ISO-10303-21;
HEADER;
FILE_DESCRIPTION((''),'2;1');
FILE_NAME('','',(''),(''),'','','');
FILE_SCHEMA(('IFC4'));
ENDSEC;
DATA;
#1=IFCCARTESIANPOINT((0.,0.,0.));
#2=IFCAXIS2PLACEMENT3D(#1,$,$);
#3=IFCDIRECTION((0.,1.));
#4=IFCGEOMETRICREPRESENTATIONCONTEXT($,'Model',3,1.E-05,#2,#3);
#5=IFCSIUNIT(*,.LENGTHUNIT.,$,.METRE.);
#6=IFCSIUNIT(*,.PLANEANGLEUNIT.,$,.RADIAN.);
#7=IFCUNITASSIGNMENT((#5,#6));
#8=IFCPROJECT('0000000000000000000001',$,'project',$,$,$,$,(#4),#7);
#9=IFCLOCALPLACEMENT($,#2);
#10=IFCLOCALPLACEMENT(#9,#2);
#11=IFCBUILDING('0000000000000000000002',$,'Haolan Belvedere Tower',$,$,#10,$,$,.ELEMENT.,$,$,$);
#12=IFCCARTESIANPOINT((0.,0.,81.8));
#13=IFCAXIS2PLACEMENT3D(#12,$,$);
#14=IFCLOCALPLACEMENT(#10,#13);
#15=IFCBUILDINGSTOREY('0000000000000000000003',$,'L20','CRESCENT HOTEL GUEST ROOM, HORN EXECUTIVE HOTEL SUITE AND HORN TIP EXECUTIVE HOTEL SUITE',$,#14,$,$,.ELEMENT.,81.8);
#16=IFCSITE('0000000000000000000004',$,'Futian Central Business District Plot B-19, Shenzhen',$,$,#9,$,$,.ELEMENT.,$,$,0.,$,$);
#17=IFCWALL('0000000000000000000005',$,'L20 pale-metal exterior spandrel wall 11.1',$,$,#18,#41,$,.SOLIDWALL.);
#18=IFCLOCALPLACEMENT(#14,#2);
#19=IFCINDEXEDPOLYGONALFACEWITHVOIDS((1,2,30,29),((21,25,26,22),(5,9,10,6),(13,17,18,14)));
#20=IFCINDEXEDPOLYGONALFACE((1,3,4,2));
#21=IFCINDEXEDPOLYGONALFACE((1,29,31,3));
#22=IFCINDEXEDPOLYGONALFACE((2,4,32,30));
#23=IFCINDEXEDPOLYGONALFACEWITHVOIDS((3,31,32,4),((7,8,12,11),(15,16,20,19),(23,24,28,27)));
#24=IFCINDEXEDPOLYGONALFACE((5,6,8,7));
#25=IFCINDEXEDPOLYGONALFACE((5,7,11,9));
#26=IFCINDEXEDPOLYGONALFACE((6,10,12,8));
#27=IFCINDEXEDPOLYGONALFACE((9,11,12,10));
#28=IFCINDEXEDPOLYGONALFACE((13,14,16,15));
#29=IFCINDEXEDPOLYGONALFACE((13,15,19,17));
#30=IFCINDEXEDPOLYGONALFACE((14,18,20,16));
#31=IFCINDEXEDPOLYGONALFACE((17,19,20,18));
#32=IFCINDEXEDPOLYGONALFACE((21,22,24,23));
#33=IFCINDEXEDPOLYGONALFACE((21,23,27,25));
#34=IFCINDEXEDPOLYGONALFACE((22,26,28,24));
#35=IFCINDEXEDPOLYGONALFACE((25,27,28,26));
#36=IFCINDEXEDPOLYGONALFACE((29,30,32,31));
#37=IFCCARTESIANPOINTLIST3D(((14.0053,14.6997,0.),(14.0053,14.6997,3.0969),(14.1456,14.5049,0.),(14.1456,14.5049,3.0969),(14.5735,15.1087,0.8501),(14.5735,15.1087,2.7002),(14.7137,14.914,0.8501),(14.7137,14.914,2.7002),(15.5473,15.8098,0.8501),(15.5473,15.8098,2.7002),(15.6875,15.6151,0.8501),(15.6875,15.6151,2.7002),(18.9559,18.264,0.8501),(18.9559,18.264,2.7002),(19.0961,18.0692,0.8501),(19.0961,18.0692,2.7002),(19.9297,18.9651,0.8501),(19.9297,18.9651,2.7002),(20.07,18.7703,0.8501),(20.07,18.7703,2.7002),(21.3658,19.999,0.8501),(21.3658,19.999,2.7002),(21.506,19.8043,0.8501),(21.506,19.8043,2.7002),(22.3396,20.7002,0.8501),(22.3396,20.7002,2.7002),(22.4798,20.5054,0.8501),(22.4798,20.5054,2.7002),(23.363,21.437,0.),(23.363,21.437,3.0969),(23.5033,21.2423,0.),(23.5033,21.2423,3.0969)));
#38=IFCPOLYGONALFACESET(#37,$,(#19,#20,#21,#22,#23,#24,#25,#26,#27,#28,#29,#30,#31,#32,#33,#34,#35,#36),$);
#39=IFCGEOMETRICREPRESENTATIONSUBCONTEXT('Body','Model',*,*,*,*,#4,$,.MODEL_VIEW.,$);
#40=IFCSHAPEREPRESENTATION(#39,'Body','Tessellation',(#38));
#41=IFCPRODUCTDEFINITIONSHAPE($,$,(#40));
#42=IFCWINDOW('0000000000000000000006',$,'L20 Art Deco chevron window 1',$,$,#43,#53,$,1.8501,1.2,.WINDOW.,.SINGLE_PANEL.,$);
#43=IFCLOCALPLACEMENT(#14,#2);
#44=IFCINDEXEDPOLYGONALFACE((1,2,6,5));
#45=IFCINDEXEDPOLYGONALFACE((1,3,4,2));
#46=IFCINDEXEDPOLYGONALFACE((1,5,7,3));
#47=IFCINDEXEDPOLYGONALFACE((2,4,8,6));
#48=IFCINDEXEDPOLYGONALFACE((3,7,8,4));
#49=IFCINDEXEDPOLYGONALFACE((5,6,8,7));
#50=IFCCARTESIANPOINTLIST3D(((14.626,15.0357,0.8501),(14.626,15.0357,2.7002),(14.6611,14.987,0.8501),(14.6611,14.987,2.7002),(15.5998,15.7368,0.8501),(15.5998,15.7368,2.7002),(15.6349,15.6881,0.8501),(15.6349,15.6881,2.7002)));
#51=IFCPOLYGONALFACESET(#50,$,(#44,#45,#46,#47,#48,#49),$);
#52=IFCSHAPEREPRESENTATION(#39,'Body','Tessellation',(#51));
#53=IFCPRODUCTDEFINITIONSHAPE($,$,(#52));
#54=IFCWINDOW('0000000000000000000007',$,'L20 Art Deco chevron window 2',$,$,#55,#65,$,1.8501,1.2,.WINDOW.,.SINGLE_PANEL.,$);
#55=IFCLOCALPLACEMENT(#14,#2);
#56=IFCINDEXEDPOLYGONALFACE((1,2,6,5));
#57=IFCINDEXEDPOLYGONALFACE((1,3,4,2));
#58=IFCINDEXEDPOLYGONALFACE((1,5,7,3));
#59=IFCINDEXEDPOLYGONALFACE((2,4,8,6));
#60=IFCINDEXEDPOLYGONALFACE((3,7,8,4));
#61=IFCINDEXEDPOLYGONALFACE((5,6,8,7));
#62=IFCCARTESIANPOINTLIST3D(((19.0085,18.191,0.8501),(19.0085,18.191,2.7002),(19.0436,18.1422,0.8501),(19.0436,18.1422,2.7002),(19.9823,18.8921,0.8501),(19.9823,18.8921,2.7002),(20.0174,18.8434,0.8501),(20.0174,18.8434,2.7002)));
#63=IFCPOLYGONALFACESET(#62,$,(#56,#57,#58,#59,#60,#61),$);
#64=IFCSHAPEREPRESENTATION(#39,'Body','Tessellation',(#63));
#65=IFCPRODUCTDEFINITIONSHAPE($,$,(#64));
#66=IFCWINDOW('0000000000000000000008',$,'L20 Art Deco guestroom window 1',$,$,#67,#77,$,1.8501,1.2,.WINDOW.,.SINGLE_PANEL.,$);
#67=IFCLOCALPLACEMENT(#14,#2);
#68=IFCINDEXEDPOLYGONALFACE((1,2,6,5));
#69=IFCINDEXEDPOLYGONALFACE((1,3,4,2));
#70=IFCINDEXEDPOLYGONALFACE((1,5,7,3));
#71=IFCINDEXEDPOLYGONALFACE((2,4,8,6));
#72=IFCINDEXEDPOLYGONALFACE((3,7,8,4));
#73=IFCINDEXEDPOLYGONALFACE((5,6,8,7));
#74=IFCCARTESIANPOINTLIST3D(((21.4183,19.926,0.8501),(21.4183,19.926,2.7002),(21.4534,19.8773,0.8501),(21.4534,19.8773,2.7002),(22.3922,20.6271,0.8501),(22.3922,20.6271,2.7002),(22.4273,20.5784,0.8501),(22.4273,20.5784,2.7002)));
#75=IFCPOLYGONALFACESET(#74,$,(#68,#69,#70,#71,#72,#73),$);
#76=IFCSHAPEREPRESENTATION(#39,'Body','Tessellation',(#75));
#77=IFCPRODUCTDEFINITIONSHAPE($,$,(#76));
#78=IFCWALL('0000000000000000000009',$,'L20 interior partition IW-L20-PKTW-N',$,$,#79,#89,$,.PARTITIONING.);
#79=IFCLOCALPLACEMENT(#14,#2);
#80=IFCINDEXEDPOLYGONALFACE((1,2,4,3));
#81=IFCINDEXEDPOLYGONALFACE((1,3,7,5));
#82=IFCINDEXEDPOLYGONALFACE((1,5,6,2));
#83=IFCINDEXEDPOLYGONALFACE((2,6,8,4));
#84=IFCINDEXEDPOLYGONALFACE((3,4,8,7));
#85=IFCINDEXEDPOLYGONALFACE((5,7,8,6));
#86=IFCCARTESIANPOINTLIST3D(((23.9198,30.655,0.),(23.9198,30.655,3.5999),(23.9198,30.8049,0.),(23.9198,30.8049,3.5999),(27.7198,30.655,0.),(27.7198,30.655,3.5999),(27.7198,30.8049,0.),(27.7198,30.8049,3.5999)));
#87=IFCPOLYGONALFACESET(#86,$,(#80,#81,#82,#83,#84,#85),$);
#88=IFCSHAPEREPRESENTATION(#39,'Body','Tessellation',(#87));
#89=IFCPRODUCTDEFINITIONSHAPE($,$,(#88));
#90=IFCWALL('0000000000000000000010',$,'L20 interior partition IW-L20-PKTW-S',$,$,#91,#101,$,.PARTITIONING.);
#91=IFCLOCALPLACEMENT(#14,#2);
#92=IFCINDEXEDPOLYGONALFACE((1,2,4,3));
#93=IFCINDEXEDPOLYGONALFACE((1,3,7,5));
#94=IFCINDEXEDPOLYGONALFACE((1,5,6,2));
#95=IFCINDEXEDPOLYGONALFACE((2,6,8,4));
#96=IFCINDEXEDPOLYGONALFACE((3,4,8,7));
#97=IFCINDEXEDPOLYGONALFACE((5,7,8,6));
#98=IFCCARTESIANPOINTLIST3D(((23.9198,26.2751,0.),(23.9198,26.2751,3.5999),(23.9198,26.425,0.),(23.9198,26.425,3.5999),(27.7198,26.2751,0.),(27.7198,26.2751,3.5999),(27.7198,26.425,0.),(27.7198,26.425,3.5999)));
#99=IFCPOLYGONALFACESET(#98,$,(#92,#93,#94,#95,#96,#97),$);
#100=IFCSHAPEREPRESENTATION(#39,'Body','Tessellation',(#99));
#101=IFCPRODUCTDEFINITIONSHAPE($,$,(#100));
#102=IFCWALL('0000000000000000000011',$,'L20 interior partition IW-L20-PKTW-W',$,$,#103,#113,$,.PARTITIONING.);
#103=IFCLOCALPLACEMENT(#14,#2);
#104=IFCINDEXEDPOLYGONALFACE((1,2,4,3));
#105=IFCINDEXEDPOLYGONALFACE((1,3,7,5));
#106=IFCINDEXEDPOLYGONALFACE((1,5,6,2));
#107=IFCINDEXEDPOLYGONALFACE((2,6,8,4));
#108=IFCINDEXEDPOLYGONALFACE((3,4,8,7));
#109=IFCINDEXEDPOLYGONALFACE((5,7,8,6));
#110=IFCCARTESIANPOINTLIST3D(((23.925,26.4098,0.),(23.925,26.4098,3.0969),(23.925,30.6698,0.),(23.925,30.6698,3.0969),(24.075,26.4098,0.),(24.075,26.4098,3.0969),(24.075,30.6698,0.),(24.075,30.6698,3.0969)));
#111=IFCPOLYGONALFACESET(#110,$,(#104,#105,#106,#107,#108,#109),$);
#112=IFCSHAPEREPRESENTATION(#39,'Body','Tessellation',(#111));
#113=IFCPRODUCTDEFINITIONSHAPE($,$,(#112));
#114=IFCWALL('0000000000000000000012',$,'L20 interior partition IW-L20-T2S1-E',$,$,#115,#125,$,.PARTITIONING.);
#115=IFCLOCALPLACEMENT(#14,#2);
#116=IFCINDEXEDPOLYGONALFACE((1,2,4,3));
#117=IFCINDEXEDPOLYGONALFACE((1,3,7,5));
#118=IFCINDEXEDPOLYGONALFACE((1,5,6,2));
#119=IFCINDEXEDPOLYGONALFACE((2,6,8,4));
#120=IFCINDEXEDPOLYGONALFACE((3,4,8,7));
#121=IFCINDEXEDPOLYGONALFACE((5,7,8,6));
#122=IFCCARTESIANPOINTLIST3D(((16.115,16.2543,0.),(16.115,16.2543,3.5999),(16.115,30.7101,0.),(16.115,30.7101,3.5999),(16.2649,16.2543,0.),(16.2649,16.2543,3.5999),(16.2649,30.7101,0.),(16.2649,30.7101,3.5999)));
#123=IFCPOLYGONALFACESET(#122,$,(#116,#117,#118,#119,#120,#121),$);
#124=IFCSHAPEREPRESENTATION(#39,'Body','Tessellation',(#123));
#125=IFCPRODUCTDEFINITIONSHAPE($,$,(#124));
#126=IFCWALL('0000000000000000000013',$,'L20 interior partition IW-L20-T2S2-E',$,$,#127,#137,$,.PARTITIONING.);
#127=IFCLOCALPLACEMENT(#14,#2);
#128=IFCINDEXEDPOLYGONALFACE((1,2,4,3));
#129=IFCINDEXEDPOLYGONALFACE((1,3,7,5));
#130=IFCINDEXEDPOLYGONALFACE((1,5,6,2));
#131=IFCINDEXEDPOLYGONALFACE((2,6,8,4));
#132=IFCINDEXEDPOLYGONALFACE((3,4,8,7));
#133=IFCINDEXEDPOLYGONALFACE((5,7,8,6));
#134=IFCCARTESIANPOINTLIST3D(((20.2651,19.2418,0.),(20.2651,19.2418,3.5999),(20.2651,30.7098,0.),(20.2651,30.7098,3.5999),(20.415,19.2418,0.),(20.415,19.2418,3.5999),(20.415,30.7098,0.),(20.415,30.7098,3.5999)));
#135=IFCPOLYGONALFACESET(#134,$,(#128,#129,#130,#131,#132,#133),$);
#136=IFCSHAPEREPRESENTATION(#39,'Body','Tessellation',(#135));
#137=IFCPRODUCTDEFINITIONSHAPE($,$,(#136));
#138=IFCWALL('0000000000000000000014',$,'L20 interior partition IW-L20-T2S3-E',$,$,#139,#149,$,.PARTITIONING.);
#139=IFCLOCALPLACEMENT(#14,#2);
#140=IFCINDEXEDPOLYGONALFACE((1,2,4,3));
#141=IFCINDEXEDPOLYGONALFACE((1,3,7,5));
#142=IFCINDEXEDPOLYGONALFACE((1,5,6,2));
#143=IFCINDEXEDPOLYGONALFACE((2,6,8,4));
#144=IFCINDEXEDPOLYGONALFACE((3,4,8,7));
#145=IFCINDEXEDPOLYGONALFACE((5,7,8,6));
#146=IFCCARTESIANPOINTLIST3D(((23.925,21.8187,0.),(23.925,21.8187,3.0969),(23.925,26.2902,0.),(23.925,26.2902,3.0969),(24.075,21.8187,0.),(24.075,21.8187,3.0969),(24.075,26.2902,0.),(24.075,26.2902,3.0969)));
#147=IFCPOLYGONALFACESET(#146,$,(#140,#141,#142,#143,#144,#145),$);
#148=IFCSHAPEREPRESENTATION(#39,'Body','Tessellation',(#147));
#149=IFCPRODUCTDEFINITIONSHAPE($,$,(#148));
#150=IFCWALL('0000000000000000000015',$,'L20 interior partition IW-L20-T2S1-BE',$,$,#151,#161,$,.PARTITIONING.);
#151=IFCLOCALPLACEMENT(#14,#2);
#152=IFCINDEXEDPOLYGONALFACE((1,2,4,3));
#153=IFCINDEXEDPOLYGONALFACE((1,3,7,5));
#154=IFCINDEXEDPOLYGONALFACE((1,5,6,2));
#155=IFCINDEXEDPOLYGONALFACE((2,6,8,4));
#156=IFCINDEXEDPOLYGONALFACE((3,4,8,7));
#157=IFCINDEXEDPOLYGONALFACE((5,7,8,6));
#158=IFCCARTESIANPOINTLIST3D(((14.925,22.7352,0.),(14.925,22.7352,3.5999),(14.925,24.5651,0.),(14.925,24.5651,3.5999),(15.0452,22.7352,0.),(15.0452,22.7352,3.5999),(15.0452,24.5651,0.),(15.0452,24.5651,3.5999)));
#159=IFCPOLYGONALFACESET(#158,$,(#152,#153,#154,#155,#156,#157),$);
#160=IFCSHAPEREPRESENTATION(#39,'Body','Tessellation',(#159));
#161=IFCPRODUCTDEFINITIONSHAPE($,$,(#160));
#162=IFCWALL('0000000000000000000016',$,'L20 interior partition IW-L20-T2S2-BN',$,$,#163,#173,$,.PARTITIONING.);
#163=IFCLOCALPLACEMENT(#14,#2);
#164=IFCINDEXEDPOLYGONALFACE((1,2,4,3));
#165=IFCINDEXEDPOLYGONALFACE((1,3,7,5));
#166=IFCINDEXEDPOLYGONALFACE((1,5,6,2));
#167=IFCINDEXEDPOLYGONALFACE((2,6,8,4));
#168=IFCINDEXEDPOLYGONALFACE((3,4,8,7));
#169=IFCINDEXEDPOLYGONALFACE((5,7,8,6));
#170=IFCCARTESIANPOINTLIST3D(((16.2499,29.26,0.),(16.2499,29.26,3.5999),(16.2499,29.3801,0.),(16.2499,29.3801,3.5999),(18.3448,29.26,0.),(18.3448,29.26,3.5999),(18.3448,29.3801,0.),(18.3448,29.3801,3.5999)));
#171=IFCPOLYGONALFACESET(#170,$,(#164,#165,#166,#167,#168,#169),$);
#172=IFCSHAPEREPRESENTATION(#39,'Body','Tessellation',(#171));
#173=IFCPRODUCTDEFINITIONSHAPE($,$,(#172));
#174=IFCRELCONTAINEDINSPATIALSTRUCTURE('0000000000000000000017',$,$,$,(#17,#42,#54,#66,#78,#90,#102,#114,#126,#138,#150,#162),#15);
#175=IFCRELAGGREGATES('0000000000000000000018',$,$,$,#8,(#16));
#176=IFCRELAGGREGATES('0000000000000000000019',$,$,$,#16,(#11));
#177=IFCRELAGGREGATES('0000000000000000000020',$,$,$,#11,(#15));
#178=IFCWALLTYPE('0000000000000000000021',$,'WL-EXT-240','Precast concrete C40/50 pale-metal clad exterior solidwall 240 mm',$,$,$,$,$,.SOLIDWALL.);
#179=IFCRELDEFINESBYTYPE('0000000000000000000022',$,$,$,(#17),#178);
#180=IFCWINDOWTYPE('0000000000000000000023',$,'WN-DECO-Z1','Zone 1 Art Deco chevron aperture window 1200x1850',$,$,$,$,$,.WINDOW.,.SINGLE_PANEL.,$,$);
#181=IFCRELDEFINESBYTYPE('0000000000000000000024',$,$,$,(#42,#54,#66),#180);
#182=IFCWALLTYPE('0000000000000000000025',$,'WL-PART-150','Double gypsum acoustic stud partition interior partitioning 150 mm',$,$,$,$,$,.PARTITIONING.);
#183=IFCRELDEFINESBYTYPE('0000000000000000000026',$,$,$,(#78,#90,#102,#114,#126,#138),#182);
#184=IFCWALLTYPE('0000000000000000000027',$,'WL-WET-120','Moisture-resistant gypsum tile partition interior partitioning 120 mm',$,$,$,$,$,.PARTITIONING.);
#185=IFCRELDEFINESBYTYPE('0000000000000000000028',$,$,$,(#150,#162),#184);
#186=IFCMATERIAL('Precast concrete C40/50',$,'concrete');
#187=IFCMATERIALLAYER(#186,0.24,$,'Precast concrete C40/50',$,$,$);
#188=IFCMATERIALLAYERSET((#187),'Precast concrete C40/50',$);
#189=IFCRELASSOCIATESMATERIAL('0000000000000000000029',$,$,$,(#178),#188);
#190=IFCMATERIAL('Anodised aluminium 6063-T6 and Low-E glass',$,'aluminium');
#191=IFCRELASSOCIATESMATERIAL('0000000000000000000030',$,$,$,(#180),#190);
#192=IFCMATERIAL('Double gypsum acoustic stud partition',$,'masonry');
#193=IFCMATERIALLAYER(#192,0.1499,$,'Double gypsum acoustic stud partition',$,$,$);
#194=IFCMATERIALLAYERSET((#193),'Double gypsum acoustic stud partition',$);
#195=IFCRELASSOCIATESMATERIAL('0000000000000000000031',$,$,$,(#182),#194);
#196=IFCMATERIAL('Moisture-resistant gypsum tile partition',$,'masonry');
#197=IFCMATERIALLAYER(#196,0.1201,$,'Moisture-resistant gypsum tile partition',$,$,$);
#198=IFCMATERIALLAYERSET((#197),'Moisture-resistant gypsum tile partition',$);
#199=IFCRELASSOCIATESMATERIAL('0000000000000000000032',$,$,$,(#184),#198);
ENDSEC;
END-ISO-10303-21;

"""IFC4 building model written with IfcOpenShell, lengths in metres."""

from ifc_helpers import new_model, si_unit, direction, frame, frame_2d, origin, place, context, subcontext, project, spatial, rectangle, extrude, material, layer, layer_set, type_object, element, fill, save


model = new_model("IFC4")

# Units and contexts
model_context = context("Model", 3, precision=1e-05, world=origin(), true_north=direction((0.0, 1.0)))
body_context = subcontext(model_context, "Body", "Model", "MODEL_VIEW")
ifc_project = project(units=[si_unit("LENGTHUNIT", "METRE"), si_unit("PLANEANGLEUNIT", "RADIAN")], contexts=[model_context])

# Site, building, storey
site_placement = place(None, origin())
site = spatial("IfcSite", under=ifc_project, at=site_placement, Name="Futian Central Business District Plot B-19, Shenzhen", CompositionType="ELEMENT", RefElevation=0.0)
building_placement = place(site_placement, origin())
building = spatial("IfcBuilding", under=site, at=building_placement, Name="Haolan Belvedere Tower", CompositionType="ELEMENT")
storey_placement = place(building_placement, frame((0.0, 0.0, 81.8)))
storey = spatial("IfcBuildingStorey", under=building, at=storey_placement, Name="L20", Description="CRESCENT HOTEL GUEST ROOM, HORN EXECUTIVE HOTEL SUITE AND HORN TIP EXECUTIVE HOTEL SUITE", CompositionType="ELEMENT", Elevation=81.8)

# Shared definitions
ifc_material_1 = material(Name="Precast concrete C40/50", Category="concrete")
ifc_layer_1 = layer(ifc_material_1, 0.24, Name="Precast concrete C40/50")
ifc_layer_set_1 = layer_set([ifc_layer_1], Name="Precast concrete C40/50")
wall_type_1 = type_object("IfcWallType", Name="WL-EXT-240", Description="Precast concrete C40/50 pale-metal clad exterior solidwall 240 mm", PredefinedType="SOLIDWALL", material=ifc_layer_set_1)

# Wall, openings, windows
wall_1_placement = place(storey_placement, frame((14.0754, 14.6023, 0.0), z_axis=(0.0, 0.0, 1.0), x_axis=(0.811543, 0.584292, 0.0)))
wall_1 = element("IfcWall", 1, at=wall_1_placement, inside=storey, type_object=wall_type_1, Name="L20 pale-metal exterior spandrel wall 11.1", PredefinedType="SOLIDWALL", context=body_context, shape_type="SweptSolid", body=[
    extrude(rectangle(XDim=11.5308, YDim=0.24, at=frame_2d((5.7654, 0.0))), origin(), (0.0, 0.0, 1.0), 3.0969),
])
opening_1_placement = place(wall_1_placement, frame((0.7, 0.0, 0.8501)))
opening_1 = element("IfcOpeningElement", 2, at=opening_1_placement, cuts=wall_1, PredefinedType="OPENING", context=body_context, shape_type="SweptSolid", body=[
    extrude(rectangle(XDim=1.2, YDim=1.8501, at=frame_2d((0.6001, 0.925))), frame((0.0, 0.1299, 0.0), z_axis=(0.0, -1.0, 0.0), x_axis=(1.0, 0.0, 0.0)), (0.0, 0.0, 1.0), 0.26),
])
opening_2_placement = place(wall_1_placement, frame((6.1001, 0.0, 0.8501)))
opening_2 = element("IfcOpeningElement", 3, at=opening_2_placement, cuts=wall_1, PredefinedType="OPENING", context=body_context, shape_type="SweptSolid", body=[
    extrude(rectangle(XDim=1.2, YDim=1.8501, at=frame_2d((0.6001, 0.925))), frame((0.0, 0.1299, 0.0), z_axis=(0.0, -1.0, 0.0), x_axis=(1.0, 0.0, 0.0)), (0.0, 0.0, 1.0), 0.26),
])
opening_3_placement = place(wall_1_placement, frame((9.0696, 0.0, 0.8501)))
opening_3 = element("IfcOpeningElement", 4, at=opening_3_placement, cuts=wall_1, PredefinedType="OPENING", context=body_context, shape_type="SweptSolid", body=[
    extrude(rectangle(XDim=1.2, YDim=1.8501, at=frame_2d((0.6001, 0.925))), frame((0.0, 0.1299, 0.0), z_axis=(0.0, -1.0, 0.0), x_axis=(1.0, 0.0, 0.0)), (0.0, 0.0, 1.0), 0.26),
])
ifc_material_2 = material(Name="Anodised aluminium 6063-T6 and Low-E glass", Category="aluminium")
window_type = type_object("IfcWindowType", Name="WN-DECO-Z1", Description="Zone 1 Art Deco chevron aperture window 1200x1850", PartitioningType="SINGLE_PANEL", PredefinedType="WINDOW", material=ifc_material_2)
window_1_placement = place(opening_1_placement, origin())
window_1 = element("IfcWindow", 5, at=window_1_placement, inside=storey, type_object=window_type, Name="L20 Art Deco chevron window 1", OverallHeight=1.8501, OverallWidth=1.2, PartitioningType="SINGLE_PANEL", PredefinedType="WINDOW", context=body_context, shape_type="SweptSolid", body=[
    extrude(rectangle(XDim=1.2, YDim=1.8501, at=frame_2d((0.6001, 0.925))), frame((0.0, 0.03, 0.0), z_axis=(0.0, -1.0, 0.0), x_axis=(1.0, 0.0, 0.0)), (0.0, 0.0, 1.0), 0.0601),
])
fill(opening_1, window_1)
window_2_placement = place(opening_2_placement, origin())
window_2 = element("IfcWindow", 6, at=window_2_placement, inside=storey, type_object=window_type, Name="L20 Art Deco chevron window 2", OverallHeight=1.8501, OverallWidth=1.2, PartitioningType="SINGLE_PANEL", PredefinedType="WINDOW", context=body_context, shape_type="SweptSolid", body=[
    extrude(rectangle(XDim=1.2, YDim=1.8501, at=frame_2d((0.6001, 0.925))), frame((0.0, 0.03, 0.0), z_axis=(0.0, -1.0, 0.0), x_axis=(1.0, 0.0, 0.0)), (0.0, 0.0, 1.0), 0.0601),
])
fill(opening_2, window_2)
window_3_placement = place(opening_3_placement, origin())
window_3 = element("IfcWindow", 7, at=window_3_placement, inside=storey, type_object=window_type, Name="L20 Art Deco guestroom window 1", OverallHeight=1.8501, OverallWidth=1.2, PartitioningType="SINGLE_PANEL", PredefinedType="WINDOW", context=body_context, shape_type="SweptSolid", body=[
    extrude(rectangle(XDim=1.2, YDim=1.8501, at=frame_2d((0.6001, 0.925))), frame((0.0, 0.03, 0.0), z_axis=(0.0, -1.0, 0.0), x_axis=(1.0, 0.0, 0.0)), (0.0, 0.0, 1.0), 0.0601),
])
fill(opening_3, window_3)

# Walls
ifc_material_3 = material(Name="Double gypsum acoustic stud partition", Category="masonry")
ifc_layer_2 = layer(ifc_material_3, 0.1499, Name="Double gypsum acoustic stud partition")
ifc_layer_set_2 = layer_set([ifc_layer_2], Name="Double gypsum acoustic stud partition")
wall_type_2 = type_object("IfcWallType", Name="WL-PART-150", Description="Double gypsum acoustic stud partition interior partitioning 150 mm", PredefinedType="PARTITIONING", material=ifc_layer_set_2)
for number, where, z_axis, x_axis, name in (
    (8, (23.9199, 30.73, 0.0), (0.0, 0.0, 1.0), (1.0, 0.0, 0.0), "L20 interior partition IW-L20-PKTW-N"),
    (9, (23.9199, 26.3501, 0.0), (0.0, 0.0, 1.0), (1.0, 0.0, 0.0), "L20 interior partition IW-L20-PKTW-S"),
):
    element("IfcWall", number, at=place(storey_placement, frame(where, z_axis=z_axis, x_axis=x_axis)), inside=storey, type_object=wall_type_2, Name=name, PredefinedType="PARTITIONING", context=body_context, shape_type="SweptSolid", body=[
        extrude(rectangle(XDim=3.8, YDim=0.1499, at=frame_2d((1.8999, 0.0))), origin(), (0.0, 0.0, 1.0), 3.5999),
    ])
wall_2_placement = place(storey_placement, frame((24.0, 26.4099, 0.0), z_axis=(0.0, 0.0, 1.0), x_axis=(0.0, 1.0, 0.0)))
element("IfcWall", 10, at=wall_2_placement, inside=storey, type_object=wall_type_2, Name="L20 interior partition IW-L20-PKTW-W", PredefinedType="PARTITIONING", context=body_context, shape_type="SweptSolid", body=[
    extrude(rectangle(XDim=4.26, YDim=0.1499, at=frame_2d((2.1299, 0.0))), origin(), (0.0, 0.0, 1.0), 3.0969),
])
wall_3_placement = place(storey_placement, frame((16.1899, 16.2542, 0.0), z_axis=(0.0, 0.0, 1.0), x_axis=(0.0, 1.0, 0.0)))
element("IfcWall", 11, at=wall_3_placement, inside=storey, type_object=wall_type_2, Name="L20 interior partition IW-L20-T2S1-E", PredefinedType="PARTITIONING", context=body_context, shape_type="SweptSolid", body=[
    extrude(rectangle(XDim=14.4558, YDim=0.1499, at=frame_2d((7.228, 0.0))), origin(), (0.0, 0.0, 1.0), 3.5999),
])
wall_4_placement = place(storey_placement, frame((20.3401, 19.2419, 0.0), z_axis=(0.0, 0.0, 1.0), x_axis=(0.0, 1.0, 0.0)))
element("IfcWall", 12, at=wall_4_placement, inside=storey, type_object=wall_type_2, Name="L20 interior partition IW-L20-T2S2-E", PredefinedType="PARTITIONING", context=body_context, shape_type="SweptSolid", body=[
    extrude(rectangle(XDim=11.468, YDim=0.1499, at=frame_2d((5.7339, 0.0))), origin(), (0.0, 0.0, 1.0), 3.5999),
])
wall_5_placement = place(storey_placement, frame((24.0, 21.8186, 0.0), z_axis=(0.0, 0.0, 1.0), x_axis=(0.0, 1.0, 0.0)))
element("IfcWall", 13, at=wall_5_placement, inside=storey, type_object=wall_type_2, Name="L20 interior partition IW-L20-T2S3-E", PredefinedType="PARTITIONING", context=body_context, shape_type="SweptSolid", body=[
    extrude(rectangle(XDim=4.4714, YDim=0.1499, at=frame_2d((2.2358, 0.0))), origin(), (0.0, 0.0, 1.0), 3.0969),
])
ifc_material_4 = material(Name="Moisture-resistant gypsum tile partition", Category="masonry")
ifc_layer_3 = layer(ifc_material_4, 0.1201, Name="Moisture-resistant gypsum tile partition")
ifc_layer_set_3 = layer_set([ifc_layer_3], Name="Moisture-resistant gypsum tile partition")
wall_type_3 = type_object("IfcWallType", Name="WL-WET-120", Description="Moisture-resistant gypsum tile partition interior partitioning 120 mm", PredefinedType="PARTITIONING", material=ifc_layer_set_3)
wall_6_placement = place(storey_placement, frame((14.9851, 22.7351, 0.0), z_axis=(0.0, 0.0, 1.0), x_axis=(0.0, 1.0, 0.0)))
element("IfcWall", 14, at=wall_6_placement, inside=storey, type_object=wall_type_3, Name="L20 interior partition IW-L20-T2S1-BE", PredefinedType="PARTITIONING", context=body_context, shape_type="SweptSolid", body=[
    extrude(rectangle(XDim=1.8298, YDim=0.1201, at=frame_2d((0.915, 0.0))), origin(), (0.0, 0.0, 1.0), 3.5999),
])
wall_7_placement = place(storey_placement, frame((16.25, 29.3201, 0.0), z_axis=(0.0, 0.0, 1.0), x_axis=(1.0, 0.0, 0.0)))
element("IfcWall", 15, at=wall_7_placement, inside=storey, type_object=wall_type_3, Name="L20 interior partition IW-L20-T2S2-BN", PredefinedType="PARTITIONING", context=body_context, shape_type="SweptSolid", body=[
    extrude(rectangle(XDim=2.095, YDim=0.1201, at=frame_2d((1.0474, 0.0))), origin(), (0.0, 0.0, 1.0), 3.5999),
])

save(model, "model.ifc")
